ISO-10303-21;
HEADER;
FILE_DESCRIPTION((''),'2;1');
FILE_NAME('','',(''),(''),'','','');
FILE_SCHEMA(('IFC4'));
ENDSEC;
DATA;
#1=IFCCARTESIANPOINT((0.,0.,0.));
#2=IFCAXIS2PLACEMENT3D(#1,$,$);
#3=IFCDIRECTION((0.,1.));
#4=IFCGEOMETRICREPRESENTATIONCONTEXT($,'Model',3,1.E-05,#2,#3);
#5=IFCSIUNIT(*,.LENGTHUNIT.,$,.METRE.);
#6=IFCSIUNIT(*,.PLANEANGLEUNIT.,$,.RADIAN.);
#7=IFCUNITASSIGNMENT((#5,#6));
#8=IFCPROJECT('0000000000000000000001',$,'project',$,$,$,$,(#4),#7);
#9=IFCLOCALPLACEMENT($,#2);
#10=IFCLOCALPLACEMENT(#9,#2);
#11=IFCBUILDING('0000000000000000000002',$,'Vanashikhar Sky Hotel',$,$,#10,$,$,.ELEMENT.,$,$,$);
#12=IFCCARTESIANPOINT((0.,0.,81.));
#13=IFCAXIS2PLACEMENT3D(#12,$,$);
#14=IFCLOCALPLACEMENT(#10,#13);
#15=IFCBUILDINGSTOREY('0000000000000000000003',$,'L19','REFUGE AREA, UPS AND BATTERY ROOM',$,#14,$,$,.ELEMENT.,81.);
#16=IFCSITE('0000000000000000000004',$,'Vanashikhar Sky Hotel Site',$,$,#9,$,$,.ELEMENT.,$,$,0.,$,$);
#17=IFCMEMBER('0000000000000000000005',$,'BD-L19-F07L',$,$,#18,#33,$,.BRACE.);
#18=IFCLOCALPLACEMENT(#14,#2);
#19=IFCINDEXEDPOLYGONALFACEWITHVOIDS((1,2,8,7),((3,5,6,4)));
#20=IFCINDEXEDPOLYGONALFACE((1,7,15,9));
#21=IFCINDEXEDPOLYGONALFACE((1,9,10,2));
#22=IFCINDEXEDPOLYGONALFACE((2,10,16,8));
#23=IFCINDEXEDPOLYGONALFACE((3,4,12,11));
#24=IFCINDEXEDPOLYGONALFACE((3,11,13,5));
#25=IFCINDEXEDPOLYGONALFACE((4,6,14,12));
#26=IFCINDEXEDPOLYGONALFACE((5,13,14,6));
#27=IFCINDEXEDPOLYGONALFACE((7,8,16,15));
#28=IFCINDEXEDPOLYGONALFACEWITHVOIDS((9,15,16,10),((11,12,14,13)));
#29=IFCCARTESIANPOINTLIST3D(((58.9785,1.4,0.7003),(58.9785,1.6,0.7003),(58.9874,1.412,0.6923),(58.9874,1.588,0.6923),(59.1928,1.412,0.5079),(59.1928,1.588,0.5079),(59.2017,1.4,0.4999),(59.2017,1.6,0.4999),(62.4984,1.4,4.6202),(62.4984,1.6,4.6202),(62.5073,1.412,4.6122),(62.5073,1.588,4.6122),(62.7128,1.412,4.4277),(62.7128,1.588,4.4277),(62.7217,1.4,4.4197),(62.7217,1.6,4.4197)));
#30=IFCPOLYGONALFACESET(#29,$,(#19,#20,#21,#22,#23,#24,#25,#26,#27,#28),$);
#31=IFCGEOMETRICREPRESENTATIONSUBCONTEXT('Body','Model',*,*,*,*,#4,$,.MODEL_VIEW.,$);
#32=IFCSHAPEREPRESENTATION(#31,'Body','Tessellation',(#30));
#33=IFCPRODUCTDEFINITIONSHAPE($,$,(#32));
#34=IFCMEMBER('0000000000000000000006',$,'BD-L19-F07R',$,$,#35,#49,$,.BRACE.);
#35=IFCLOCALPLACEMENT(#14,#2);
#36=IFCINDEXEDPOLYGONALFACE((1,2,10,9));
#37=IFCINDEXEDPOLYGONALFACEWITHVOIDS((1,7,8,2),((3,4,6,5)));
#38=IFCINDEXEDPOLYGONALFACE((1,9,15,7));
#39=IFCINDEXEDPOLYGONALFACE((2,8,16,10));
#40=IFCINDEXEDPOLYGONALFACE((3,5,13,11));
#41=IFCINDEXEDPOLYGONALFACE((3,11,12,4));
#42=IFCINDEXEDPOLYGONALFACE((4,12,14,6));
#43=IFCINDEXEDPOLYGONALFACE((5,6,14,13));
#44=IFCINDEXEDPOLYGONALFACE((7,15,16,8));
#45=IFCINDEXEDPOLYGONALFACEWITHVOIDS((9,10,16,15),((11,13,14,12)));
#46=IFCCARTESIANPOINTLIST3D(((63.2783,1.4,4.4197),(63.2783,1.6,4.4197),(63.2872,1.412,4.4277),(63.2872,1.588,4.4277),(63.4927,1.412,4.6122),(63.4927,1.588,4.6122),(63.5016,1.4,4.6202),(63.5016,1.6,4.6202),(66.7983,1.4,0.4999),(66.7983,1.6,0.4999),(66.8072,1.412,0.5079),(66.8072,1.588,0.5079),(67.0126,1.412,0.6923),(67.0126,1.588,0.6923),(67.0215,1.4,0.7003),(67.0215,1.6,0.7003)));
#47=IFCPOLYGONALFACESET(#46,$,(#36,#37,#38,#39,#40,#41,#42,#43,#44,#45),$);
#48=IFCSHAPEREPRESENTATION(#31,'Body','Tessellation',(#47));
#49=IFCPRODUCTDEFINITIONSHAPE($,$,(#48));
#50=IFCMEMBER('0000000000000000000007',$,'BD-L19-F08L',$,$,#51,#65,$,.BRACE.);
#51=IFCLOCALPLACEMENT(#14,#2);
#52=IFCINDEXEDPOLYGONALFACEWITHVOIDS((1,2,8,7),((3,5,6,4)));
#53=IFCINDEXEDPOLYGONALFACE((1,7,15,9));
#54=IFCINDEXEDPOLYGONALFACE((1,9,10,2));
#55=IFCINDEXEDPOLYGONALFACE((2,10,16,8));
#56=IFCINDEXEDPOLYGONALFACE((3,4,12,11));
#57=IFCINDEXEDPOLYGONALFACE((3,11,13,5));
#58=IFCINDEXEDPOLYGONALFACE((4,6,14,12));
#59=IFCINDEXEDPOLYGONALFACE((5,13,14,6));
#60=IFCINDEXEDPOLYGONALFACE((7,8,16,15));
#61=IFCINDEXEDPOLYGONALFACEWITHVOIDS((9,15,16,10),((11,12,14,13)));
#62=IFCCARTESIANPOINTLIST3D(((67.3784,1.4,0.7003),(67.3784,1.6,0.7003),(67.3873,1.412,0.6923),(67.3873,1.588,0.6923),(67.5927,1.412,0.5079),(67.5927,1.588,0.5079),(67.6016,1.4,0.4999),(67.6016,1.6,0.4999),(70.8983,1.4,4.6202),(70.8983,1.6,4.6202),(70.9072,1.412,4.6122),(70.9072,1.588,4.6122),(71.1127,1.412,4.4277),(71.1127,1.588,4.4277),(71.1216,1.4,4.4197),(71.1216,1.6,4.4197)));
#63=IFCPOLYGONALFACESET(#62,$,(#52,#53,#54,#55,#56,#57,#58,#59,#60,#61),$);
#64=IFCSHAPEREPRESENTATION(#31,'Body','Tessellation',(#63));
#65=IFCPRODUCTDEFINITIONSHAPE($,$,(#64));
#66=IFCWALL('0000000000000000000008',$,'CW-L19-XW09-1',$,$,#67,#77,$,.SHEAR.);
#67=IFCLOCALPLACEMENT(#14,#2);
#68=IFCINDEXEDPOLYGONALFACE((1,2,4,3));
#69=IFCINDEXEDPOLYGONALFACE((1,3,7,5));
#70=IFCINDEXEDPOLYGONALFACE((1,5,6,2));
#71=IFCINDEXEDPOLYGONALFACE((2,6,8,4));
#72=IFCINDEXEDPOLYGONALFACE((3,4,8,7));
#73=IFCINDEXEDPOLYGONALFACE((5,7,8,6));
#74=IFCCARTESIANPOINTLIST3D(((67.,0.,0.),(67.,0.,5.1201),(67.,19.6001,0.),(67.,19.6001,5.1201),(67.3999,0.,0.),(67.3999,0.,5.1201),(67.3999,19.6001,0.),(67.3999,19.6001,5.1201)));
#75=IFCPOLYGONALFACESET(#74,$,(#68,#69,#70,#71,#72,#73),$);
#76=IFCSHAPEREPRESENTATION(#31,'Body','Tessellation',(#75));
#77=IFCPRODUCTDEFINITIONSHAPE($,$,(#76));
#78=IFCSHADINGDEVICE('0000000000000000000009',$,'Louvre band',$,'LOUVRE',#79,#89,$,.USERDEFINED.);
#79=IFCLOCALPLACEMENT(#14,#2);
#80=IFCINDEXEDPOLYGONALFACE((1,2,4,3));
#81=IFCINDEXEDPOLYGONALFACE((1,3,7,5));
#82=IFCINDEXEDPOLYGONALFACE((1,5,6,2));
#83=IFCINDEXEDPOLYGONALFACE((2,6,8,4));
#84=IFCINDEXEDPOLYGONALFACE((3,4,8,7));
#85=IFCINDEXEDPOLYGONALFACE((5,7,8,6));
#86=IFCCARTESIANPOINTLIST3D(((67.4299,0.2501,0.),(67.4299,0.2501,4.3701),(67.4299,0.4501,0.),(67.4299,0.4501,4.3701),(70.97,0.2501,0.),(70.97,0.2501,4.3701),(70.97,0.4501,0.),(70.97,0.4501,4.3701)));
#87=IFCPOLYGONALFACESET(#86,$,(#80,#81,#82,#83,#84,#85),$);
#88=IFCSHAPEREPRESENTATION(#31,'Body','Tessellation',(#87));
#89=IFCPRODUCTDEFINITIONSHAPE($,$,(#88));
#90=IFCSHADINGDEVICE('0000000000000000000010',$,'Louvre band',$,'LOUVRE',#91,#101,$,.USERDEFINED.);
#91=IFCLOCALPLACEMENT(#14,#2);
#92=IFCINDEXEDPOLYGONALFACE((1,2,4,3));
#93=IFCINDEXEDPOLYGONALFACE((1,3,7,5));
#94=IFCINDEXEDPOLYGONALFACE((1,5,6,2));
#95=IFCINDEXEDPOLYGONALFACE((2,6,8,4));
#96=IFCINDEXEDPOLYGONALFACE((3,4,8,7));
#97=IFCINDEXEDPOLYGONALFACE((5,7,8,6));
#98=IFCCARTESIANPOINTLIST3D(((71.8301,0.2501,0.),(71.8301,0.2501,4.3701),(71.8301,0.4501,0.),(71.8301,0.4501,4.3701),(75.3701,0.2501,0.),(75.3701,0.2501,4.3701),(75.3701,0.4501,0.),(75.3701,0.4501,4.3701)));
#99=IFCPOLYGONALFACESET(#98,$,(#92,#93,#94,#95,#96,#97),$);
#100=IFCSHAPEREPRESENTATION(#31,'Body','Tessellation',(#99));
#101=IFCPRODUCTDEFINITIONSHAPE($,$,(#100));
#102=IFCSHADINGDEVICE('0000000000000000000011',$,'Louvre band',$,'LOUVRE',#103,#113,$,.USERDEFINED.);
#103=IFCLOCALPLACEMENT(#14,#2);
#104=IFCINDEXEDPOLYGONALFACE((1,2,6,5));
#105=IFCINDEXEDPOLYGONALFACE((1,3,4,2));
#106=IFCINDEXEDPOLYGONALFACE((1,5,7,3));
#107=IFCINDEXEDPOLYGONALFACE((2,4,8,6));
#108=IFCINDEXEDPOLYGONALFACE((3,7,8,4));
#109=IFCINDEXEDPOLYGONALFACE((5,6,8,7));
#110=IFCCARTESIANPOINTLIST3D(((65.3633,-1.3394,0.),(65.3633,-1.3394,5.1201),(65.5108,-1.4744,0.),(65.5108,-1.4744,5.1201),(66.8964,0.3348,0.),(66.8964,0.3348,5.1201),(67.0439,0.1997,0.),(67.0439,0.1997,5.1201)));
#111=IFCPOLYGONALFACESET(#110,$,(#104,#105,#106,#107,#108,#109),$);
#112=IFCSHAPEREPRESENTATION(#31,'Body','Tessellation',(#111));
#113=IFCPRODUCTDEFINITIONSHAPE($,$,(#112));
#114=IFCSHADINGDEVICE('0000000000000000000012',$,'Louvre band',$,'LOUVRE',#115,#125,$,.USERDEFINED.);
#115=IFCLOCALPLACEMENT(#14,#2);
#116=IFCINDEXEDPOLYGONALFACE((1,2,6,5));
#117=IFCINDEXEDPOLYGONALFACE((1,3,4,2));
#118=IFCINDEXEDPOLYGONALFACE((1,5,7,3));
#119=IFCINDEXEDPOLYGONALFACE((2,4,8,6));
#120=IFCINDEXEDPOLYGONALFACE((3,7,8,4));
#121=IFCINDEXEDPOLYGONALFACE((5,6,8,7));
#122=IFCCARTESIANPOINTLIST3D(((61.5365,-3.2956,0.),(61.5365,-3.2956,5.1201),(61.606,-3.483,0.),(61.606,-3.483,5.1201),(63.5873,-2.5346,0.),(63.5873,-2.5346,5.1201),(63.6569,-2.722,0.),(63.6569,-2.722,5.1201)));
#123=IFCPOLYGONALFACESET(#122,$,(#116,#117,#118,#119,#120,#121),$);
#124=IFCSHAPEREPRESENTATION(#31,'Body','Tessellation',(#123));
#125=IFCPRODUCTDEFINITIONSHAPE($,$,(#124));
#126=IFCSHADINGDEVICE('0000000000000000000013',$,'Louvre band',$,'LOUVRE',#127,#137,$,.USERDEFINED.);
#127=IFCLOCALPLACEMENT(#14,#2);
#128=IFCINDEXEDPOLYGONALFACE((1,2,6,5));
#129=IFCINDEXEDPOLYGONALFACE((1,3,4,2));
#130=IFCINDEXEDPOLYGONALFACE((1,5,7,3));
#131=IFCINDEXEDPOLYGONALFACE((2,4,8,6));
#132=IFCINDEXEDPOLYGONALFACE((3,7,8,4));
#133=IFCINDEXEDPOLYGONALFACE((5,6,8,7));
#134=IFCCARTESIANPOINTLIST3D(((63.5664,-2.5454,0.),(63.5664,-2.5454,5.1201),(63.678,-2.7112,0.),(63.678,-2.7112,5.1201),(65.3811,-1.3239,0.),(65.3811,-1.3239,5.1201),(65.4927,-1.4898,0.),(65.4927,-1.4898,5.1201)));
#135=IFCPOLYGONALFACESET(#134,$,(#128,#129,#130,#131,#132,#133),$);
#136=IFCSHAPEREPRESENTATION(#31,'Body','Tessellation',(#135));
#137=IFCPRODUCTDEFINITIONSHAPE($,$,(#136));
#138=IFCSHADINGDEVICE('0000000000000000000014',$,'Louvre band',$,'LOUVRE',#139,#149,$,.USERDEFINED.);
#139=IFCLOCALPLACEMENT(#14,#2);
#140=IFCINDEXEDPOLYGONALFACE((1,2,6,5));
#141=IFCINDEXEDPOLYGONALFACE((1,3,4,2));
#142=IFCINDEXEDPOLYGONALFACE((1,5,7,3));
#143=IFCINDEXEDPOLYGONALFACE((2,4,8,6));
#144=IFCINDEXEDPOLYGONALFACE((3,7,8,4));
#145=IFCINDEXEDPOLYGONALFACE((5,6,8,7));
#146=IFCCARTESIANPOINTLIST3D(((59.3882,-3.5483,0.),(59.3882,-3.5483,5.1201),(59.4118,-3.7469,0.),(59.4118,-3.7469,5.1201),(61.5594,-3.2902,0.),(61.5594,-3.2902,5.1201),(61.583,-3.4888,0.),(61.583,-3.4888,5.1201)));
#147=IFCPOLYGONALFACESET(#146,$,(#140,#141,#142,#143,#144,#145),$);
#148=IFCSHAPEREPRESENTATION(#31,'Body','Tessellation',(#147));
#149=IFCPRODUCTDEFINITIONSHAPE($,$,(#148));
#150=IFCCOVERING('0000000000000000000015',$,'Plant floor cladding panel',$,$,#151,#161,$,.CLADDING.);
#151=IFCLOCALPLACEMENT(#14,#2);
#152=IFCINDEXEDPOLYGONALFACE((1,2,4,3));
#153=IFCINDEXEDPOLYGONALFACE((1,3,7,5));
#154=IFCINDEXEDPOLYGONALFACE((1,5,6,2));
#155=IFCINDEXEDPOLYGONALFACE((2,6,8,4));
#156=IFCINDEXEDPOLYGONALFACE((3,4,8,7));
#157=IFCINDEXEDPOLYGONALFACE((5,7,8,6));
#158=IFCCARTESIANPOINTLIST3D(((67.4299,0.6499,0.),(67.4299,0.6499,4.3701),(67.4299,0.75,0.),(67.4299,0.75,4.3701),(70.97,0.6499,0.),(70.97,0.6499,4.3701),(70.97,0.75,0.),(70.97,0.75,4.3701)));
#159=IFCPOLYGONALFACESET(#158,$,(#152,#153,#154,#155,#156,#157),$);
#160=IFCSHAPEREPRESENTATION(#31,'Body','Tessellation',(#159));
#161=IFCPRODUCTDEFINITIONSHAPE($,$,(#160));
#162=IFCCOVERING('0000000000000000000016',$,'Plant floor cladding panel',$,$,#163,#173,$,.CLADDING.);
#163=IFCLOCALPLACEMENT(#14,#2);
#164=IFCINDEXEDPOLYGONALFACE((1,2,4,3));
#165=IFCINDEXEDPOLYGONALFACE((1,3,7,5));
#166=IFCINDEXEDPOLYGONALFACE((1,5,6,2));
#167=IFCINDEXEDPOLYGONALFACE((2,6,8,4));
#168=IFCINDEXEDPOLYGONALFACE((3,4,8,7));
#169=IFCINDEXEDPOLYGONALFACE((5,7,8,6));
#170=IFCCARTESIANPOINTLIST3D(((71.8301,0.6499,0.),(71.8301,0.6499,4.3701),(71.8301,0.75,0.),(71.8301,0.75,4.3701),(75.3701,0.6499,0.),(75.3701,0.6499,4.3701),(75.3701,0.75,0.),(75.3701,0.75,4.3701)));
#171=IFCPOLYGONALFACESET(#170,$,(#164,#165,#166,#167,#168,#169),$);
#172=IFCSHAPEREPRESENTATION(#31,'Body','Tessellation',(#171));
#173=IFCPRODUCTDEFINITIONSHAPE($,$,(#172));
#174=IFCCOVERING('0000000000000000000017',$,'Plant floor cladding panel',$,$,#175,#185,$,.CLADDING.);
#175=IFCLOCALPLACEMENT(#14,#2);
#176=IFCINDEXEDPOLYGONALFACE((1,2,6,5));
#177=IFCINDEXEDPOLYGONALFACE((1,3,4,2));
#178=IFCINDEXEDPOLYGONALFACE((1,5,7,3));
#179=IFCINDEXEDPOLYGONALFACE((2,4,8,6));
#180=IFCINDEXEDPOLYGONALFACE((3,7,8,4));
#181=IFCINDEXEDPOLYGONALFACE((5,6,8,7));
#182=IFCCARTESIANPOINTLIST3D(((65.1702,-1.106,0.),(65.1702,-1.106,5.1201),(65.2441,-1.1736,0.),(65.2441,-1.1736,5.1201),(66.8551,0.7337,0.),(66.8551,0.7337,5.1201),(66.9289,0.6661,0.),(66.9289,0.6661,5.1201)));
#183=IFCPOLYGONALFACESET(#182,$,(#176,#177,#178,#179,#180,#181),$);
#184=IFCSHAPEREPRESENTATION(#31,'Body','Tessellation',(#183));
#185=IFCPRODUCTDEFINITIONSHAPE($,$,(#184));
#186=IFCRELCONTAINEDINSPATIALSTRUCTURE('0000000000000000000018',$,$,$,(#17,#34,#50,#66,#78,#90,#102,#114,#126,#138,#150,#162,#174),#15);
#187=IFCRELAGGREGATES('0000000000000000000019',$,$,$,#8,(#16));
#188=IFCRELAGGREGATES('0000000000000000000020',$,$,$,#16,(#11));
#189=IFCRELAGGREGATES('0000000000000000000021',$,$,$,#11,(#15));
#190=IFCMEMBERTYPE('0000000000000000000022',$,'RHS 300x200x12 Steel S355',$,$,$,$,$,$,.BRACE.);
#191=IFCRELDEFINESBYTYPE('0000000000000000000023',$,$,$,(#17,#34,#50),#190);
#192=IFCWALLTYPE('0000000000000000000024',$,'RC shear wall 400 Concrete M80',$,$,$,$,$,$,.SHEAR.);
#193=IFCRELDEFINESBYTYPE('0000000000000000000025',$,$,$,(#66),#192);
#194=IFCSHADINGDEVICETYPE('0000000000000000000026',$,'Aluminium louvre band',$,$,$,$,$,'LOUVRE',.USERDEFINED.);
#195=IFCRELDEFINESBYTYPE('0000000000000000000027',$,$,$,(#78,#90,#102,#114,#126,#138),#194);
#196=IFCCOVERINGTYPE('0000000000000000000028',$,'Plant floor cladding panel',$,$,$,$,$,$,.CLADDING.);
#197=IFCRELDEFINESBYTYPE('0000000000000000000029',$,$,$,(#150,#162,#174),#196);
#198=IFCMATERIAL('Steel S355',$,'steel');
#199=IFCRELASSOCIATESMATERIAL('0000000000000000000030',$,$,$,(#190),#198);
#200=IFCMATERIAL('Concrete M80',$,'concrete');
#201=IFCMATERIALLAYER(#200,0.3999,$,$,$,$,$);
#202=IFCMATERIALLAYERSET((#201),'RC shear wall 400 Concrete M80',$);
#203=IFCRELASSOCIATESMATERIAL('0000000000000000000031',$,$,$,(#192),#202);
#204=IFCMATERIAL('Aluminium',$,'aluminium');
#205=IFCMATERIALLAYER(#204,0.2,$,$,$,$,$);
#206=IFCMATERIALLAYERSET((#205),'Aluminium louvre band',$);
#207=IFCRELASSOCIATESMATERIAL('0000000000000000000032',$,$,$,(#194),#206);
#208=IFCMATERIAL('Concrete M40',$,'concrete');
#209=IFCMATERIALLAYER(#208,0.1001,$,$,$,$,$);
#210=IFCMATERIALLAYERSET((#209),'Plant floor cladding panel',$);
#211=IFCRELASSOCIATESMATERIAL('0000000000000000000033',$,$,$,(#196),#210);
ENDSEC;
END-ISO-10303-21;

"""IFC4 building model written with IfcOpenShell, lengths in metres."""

from ifc_helpers import new_model, si_unit, direction, frame, frame_2d, origin, origin_2d, place, context, subcontext, project, spatial, rectangle, hollow_rectangle, extrude, source, transform, mapped, material, layer, layer_set, material_profile, profile_set, type_object, element, save


model = new_model("IFC4")

# Units and contexts
model_context = context("Model", 3, precision=1e-05, world=origin(), true_north=direction((0.0, 1.0)))
body_context = subcontext(model_context, "Body", "Model", "MODEL_VIEW")
ifc_project = project(units=[si_unit("LENGTHUNIT", "METRE"), si_unit("PLANEANGLEUNIT", "RADIAN")], contexts=[model_context])

# Site, building, storey
site_placement = place(None, origin())
site = spatial("IfcSite", under=ifc_project, at=site_placement, Name="Vanashikhar Sky Hotel Site", CompositionType="ELEMENT", RefElevation=0.0)
building_placement = place(site_placement, origin())
building = spatial("IfcBuilding", under=site, at=building_placement, Name="Vanashikhar Sky Hotel", CompositionType="ELEMENT")
storey_placement = place(building_placement, frame((0.0, 0.0, 81.0)))
storey = spatial("IfcBuildingStorey", under=building, at=storey_placement, Name="L19", Description="REFUGE AREA, UPS AND BATTERY ROOM", CompositionType="ELEMENT", Elevation=81.0)

# Members
ifc_material_1 = material(Name="Steel S355", Category="steel")
ifc_material_profile_1 = material_profile(ifc_material_1, hollow_rectangle(XDim=0.2, YDim=0.3, WallThickness=0.012, at=origin_2d()))
ifc_profile_set_1 = profile_set([ifc_material_profile_1], Name="RHS 300x200x12 Steel S355")
member_type_1 = type_object("IfcMemberType", Name="RHS 300x200x12 Steel S355", PredefinedType="BRACE", material=ifc_profile_set_1)
shared_shape_1 = source(origin(), body_context, "Body", "SweptSolid", [
    extrude(hollow_rectangle(XDim=0.2, YDim=0.3, WallThickness=0.012, at=origin_2d()), origin(), (0.0, 0.0, 1.0), 5.2683),
])
for number, where, z_axis, x_axis, name in (
    (1, (59.0901, 1.5, 0.6001), (0.668135, 0.0, 0.74404), (0.0, 1.0, 0.0), "BD-L19-F07L"),
    (2, (66.9099, 1.5, 0.6001), (-0.668135, 0.0, 0.74404), (0.0, -1.0, 0.0), "BD-L19-F07R"),
    (3, (67.49, 1.5, 0.6001), (0.668135, 0.0, 0.74404), (0.0, 1.0, 0.0), "BD-L19-F08L"),
):
    element("IfcMember", number, at=place(storey_placement, frame(where, z_axis=z_axis, x_axis=x_axis)), inside=storey, type_object=member_type_1, Name=name, PredefinedType="BRACE", context=body_context, shape_type="MappedRepresentation", body=[
        mapped(shared_shape_1, transform((0.0, 0.0, 0.0), scale=1.0)),
    ])

# Wall
ifc_material_2 = material(Name="Concrete M80", Category="concrete")
ifc_layer_1 = layer(ifc_material_2, 0.3999)
ifc_layer_set_1 = layer_set([ifc_layer_1], Name="RC shear wall 400 Concrete M80")
wall_type = type_object("IfcWallType", Name="RC shear wall 400 Concrete M80", PredefinedType="SHEAR", material=ifc_layer_set_1)
shared_shape_2 = source(origin(), body_context, "Body", "SweptSolid", [
    extrude(rectangle(XDim=19.6001, YDim=0.3999, at=frame_2d((9.8, 0.0))), origin(), (0.0, 0.0, 1.0), 5.1201),
])
wall_placement = place(storey_placement, frame((67.2, 0.0, 0.0), z_axis=(0.0, 0.0, 1.0), x_axis=(0.0, 1.0, 0.0)))
element("IfcWall", 4, at=wall_placement, inside=storey, type_object=wall_type, Name="CW-L19-XW09-1", PredefinedType="SHEAR", context=body_context, shape_type="MappedRepresentation", body=[
    mapped(shared_shape_2, transform((0.0, 0.0, 0.0), scale=1.0)),
])

# Shading devices
ifc_material_3 = material(Name="Aluminium", Category="aluminium")
ifc_layer_2 = layer(ifc_material_3, 0.2)
ifc_layer_set_2 = layer_set([ifc_layer_2], Name="Aluminium louvre band")
shading_device_type = type_object("IfcShadingDeviceType", Name="Aluminium louvre band", ElementType="LOUVRE", PredefinedType="USERDEFINED", material=ifc_layer_set_2)
shared_shape_3 = source(origin(), body_context, "Body", "SweptSolid", [
    extrude(rectangle(XDim=3.54, YDim=0.2, at=origin_2d()), origin(), (0.0, 0.0, 1.0), 4.3701),
])
for number, where, z_axis, x_axis, name in (
    (5, (69.2, 0.3501, 0.0), (0.0, 0.0, 1.0), (1.0, 0.0, 0.0), "Louvre band"),
    (6, (73.6001, 0.3501, 0.0), (0.0, 0.0, 1.0), (1.0, 0.0, 0.0), "Louvre band"),
):
    element("IfcShadingDevice", number, at=place(storey_placement, frame(where, z_axis=z_axis, x_axis=x_axis)), inside=storey, type_object=shading_device_type, Name=name, ObjectType="LOUVRE", PredefinedType="USERDEFINED", context=body_context, shape_type="MappedRepresentation", body=[
        mapped(shared_shape_3, transform((0.0, 0.0, 0.0), scale=1.0)),
    ])
shared_shape_4 = source(origin(), body_context, "Body", "SweptSolid", [
    extrude(rectangle(XDim=2.27, YDim=0.2, at=origin_2d()), origin(), (0.0, 0.0, 1.0), 5.1201),
])
shading_device_1_placement = place(storey_placement, frame((66.2036, -0.5698, 0.0), z_axis=(0.0, 0.0, 1.0), x_axis=(0.675359, 0.73749, 0.0)))
element("IfcShadingDevice", 7, at=shading_device_1_placement, inside=storey, type_object=shading_device_type, Name="Louvre band", ObjectType="LOUVRE", PredefinedType="USERDEFINED", context=body_context, shape_type="MappedRepresentation", body=[
    mapped(shared_shape_4, transform((0.0, 0.0, 0.0), scale=1.0)),
])
shared_shape_5 = source(origin(), body_context, "Body", "SweptSolid", [
    extrude(rectangle(XDim=2.1875, YDim=0.2, at=origin_2d()), origin(), (0.0, 0.0, 1.0), 5.1201),
])
for number, where, z_axis, x_axis, name in (
    (8, (62.5967, -3.0088, 0.0), (0.0, 0.0, 1.0), (0.937537, 0.347885, 0.0), "Louvre band"),
    (9, (64.5295, -2.0176, 0.0), (0.0, 0.0, 1.0), (0.829584, 0.558382, 0.0), "Louvre band"),
):
    element("IfcShadingDevice", number, at=place(storey_placement, frame(where, z_axis=z_axis, x_axis=x_axis)), inside=storey, type_object=shading_device_type, Name=name, ObjectType="LOUVRE", PredefinedType="USERDEFINED", context=body_context, shape_type="MappedRepresentation", body=[
        mapped(shared_shape_5, transform((0.0, 0.0, 0.0), scale=1.0)),
    ])
shared_shape_6 = source(origin(), body_context, "Body", "SweptSolid", [
    extrude(rectangle(XDim=2.1865, YDim=0.2, at=origin_2d()), origin(), (0.0, 0.0, 1.0), 5.1201),
])
shading_device_2_placement = place(storey_placement, frame((60.4856, -3.5186, 0.0), z_axis=(0.0, 0.0, 1.0), x_axis=(0.993009, 0.11804, 0.0)))
element("IfcShadingDevice", 10, at=shading_device_2_placement, inside=storey, type_object=shading_device_type, Name="Louvre band", ObjectType="LOUVRE", PredefinedType="USERDEFINED", context=body_context, shape_type="MappedRepresentation", body=[
    mapped(shared_shape_6, transform((0.0, 0.0, 0.0), scale=1.0)),
])

# Coverings
ifc_material_4 = material(Name="Concrete M40", Category="concrete")
ifc_layer_3 = layer(ifc_material_4, 0.1001)
ifc_layer_set_3 = layer_set([ifc_layer_3], Name="Plant floor cladding panel")
covering_type_1 = type_object("IfcCoveringType", Name="Plant floor cladding panel", PredefinedType="CLADDING", material=ifc_layer_set_3)
shared_shape_7 = source(origin(), body_context, "Body", "SweptSolid", [
    extrude(rectangle(XDim=3.54, YDim=0.1001, at=origin_2d()), origin(), (0.0, 0.0, 1.0), 4.3701),
])
for number, where, z_axis, x_axis, name in (
    (11, (69.2, 0.7, 0.0), (0.0, 0.0, 1.0), (1.0, 0.0, 0.0), "Plant floor cladding panel"),
    (12, (73.6001, 0.7, 0.0), (0.0, 0.0, 1.0), (1.0, 0.0, 0.0), "Plant floor cladding panel"),
):
    element("IfcCovering", number, at=place(storey_placement, frame(where, z_axis=z_axis, x_axis=x_axis)), inside=storey, type_object=covering_type_1, Name=name, PredefinedType="CLADDING", context=body_context, shape_type="MappedRepresentation", body=[
        mapped(shared_shape_7, transform((0.0, 0.0, 0.0), scale=1.0)),
    ])
shared_shape_8 = source(origin(), body_context, "Body", "SweptSolid", [
    extrude(rectangle(XDim=2.4946, YDim=0.1001, at=origin_2d()), origin(), (0.0, 0.0, 1.0), 5.1201),
])
covering_1_placement = place(storey_placement, frame((66.0496, -0.22, 0.0), z_axis=(0.0, 0.0, 1.0), x_axis=(0.675384, 0.737466, 0.0)))
element("IfcCovering", 13, at=covering_1_placement, inside=storey, type_object=covering_type_1, Name="Plant floor cladding panel", PredefinedType="CLADDING", context=body_context, shape_type="MappedRepresentation", body=[
    mapped(shared_shape_8, transform((0.0, 0.0, 0.0), scale=1.0)),
])

save(model, "model.ifc")
